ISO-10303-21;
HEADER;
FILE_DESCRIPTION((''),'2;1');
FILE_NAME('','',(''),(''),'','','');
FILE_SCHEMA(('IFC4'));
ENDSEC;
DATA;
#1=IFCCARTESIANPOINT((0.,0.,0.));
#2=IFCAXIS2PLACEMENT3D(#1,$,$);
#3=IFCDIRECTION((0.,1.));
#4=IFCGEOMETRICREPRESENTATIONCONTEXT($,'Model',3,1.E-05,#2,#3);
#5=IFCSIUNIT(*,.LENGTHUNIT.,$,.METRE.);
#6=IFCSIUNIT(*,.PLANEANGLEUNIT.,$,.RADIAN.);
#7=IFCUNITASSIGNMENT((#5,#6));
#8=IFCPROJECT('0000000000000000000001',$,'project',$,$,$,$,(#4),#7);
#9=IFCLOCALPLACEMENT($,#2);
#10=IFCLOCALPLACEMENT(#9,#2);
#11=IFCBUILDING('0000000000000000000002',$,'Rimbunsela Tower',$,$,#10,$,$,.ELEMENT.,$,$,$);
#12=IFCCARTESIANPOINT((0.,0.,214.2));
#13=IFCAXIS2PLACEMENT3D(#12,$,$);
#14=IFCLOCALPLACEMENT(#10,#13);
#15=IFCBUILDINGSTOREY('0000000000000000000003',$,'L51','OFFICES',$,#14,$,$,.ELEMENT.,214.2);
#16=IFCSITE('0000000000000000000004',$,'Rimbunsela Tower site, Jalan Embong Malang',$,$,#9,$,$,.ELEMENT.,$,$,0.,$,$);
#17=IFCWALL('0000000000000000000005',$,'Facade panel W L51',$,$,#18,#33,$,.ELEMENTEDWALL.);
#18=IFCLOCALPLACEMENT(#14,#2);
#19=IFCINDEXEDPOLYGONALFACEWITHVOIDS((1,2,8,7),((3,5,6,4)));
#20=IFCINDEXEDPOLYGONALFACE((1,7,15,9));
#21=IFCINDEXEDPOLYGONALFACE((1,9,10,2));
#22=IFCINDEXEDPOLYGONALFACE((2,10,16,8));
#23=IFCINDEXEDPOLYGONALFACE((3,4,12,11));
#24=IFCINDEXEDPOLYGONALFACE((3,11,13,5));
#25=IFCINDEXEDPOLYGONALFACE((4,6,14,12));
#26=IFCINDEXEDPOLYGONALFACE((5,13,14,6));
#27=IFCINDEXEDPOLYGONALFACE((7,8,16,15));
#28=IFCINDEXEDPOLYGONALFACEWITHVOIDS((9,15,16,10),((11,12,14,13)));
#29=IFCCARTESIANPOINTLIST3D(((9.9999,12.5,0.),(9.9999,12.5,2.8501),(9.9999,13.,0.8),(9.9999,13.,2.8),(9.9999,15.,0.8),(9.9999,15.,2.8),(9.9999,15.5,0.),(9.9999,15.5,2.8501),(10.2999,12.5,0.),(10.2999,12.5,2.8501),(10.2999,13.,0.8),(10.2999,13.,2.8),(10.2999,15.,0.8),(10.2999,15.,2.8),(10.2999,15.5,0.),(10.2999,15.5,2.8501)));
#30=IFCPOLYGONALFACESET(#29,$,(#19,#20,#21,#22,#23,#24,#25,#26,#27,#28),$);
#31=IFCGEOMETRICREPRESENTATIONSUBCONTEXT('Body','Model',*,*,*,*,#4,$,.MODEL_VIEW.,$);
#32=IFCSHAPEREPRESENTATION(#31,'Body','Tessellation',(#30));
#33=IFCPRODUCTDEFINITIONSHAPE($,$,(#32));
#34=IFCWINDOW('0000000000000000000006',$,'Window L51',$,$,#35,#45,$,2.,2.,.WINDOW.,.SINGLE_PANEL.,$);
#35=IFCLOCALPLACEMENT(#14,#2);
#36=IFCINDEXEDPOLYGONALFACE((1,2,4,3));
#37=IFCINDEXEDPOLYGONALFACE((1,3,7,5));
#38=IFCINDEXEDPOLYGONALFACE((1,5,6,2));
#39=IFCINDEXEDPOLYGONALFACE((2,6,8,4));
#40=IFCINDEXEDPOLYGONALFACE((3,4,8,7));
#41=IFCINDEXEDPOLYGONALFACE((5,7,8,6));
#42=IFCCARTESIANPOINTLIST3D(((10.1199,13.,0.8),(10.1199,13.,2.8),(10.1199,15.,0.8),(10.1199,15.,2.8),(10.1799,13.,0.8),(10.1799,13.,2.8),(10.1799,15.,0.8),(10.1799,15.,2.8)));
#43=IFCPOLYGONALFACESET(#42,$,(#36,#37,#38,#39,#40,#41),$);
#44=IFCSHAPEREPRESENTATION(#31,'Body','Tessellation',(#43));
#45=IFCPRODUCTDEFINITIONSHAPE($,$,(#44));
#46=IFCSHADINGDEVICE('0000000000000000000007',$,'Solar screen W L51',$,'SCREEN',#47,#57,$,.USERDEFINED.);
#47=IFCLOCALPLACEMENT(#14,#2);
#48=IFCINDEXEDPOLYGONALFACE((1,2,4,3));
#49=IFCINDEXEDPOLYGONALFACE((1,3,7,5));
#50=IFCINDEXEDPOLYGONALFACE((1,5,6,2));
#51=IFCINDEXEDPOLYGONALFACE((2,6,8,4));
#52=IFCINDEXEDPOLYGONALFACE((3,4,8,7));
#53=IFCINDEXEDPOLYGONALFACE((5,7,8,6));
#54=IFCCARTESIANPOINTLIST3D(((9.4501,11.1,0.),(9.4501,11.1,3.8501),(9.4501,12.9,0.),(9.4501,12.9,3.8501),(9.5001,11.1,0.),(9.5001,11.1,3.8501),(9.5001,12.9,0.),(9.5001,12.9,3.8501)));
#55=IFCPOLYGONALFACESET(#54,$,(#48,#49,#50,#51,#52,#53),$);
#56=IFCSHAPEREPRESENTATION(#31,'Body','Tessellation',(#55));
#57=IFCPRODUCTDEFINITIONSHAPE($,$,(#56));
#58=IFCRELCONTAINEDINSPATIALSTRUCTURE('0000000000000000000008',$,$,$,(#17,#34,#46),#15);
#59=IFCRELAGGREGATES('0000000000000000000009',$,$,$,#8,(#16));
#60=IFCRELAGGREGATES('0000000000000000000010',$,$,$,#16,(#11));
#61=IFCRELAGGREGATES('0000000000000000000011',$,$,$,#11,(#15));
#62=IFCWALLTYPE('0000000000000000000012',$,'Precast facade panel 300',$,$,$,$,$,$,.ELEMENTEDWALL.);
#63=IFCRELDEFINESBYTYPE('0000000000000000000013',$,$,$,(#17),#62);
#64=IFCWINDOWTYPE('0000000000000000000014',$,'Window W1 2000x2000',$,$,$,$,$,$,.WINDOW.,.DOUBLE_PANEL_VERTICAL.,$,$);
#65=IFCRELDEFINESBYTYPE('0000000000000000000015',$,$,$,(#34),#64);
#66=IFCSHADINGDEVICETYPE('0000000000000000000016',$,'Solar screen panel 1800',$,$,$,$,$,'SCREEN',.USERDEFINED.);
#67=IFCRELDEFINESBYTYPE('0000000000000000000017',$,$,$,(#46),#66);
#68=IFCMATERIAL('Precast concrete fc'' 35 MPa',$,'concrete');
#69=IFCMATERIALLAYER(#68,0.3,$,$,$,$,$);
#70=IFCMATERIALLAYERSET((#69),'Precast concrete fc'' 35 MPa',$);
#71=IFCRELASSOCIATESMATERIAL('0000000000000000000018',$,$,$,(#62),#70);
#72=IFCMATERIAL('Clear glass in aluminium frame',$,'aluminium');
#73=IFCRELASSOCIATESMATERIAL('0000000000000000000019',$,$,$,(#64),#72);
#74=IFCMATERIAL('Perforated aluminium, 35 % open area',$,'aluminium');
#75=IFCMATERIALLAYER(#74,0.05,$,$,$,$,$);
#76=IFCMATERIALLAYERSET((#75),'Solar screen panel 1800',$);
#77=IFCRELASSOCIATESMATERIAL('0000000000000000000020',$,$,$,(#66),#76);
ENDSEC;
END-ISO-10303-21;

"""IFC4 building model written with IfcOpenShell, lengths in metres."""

from ifc_helpers import new_model, si_unit, direction, frame, frame_2d, origin, origin_2d, place, context, subcontext, project, spatial, rectangle, extrude, material, layer, layer_set, type_object, element, fill, save


model = new_model("IFC4")

# Units and contexts
model_context = context("Model", 3, precision=1e-05, world=origin(), true_north=direction((0.0, 1.0)))
body_context = subcontext(model_context, "Body", "Model", "MODEL_VIEW")
ifc_project = project(units=[si_unit("LENGTHUNIT", "METRE"), si_unit("PLANEANGLEUNIT", "RADIAN")], contexts=[model_context])

# Site, building, storey
site_placement = place(None, origin())
site = spatial("IfcSite", under=ifc_project, at=site_placement, Name="Rimbunsela Tower site, Jalan Embong Malang", CompositionType="ELEMENT", RefElevation=0.0)
building_placement = place(site_placement, origin())
building = spatial("IfcBuilding", under=site, at=building_placement, Name="Rimbunsela Tower", CompositionType="ELEMENT")
storey_placement = place(building_placement, frame((0.0, 0.0, 214.2)))
storey = spatial("IfcBuildingStorey", under=building, at=storey_placement, Name="L51", Description="OFFICES", CompositionType="ELEMENT", Elevation=214.2)

# Shared definitions
ifc_material_1 = material(Name="Precast concrete fc' 35 MPa", Category="concrete")
ifc_layer_1 = layer(ifc_material_1, 0.3)
ifc_layer_set_1 = layer_set([ifc_layer_1], Name="Precast concrete fc' 35 MPa")
wall_type = type_object("IfcWallType", Name="Precast facade panel 300", PredefinedType="ELEMENTEDWALL", material=ifc_layer_set_1)

# Shared definitions
ifc_material_2 = material(Name="Clear glass in aluminium frame", Category="aluminium")
window_type = type_object("IfcWindowType", Name="Window W1 2000x2000", PartitioningType="DOUBLE_PANEL_VERTICAL", PredefinedType="WINDOW", material=ifc_material_2)

# Wall, opening, window
wall_1_placement = place(storey_placement, frame((10.1499, 15.5, 0.0), z_axis=(0.0, 0.0, 1.0), x_axis=(0.0, -1.0, 0.0)))
wall_1 = element("IfcWall", 1, at=wall_1_placement, inside=storey, type_object=wall_type, Name="Facade panel W L51", PredefinedType="ELEMENTEDWALL", context=body_context, shape_type="SweptSolid", body=[
    extrude(rectangle(XDim=3.0, YDim=0.3, at=frame_2d((1.5, 0.0))), origin(), (0.0, 0.0, 1.0), 2.8501),
])
opening_1_placement = place(wall_1_placement, frame((0.5, 0.0, 0.8)))
opening_1 = element("IfcOpeningElement", 2, at=opening_1_placement, cuts=wall_1, PredefinedType="OPENING", context=body_context, shape_type="SweptSolid", body=[
    extrude(rectangle(XDim=2.0, YDim=2.0, at=frame_2d((1.0, 1.0))), frame((0.0, 0.1599, 0.0), z_axis=(0.0, -1.0, 0.0), x_axis=(1.0, 0.0, 0.0)), (0.0, 0.0, 1.0), 0.3201),
])
window_1_placement = place(opening_1_placement, origin())
window_1 = element("IfcWindow", 3, at=window_1_placement, inside=storey, type_object=window_type, Name="Window L51", OverallHeight=2.0, OverallWidth=2.0, PartitioningType="SINGLE_PANEL", PredefinedType="WINDOW", context=body_context, shape_type="SweptSolid", body=[
    extrude(rectangle(XDim=2.0, YDim=2.0, at=frame_2d((1.0, 1.0))), frame((0.0, 0.03, 0.0), z_axis=(0.0, -1.0, 0.0), x_axis=(1.0, 0.0, 0.0)), (0.0, 0.0, 1.0), 0.0601),
])
fill(opening_1, window_1)

# Shading device
ifc_material_3 = material(Name="Perforated aluminium, 35 % open area", Category="aluminium")
ifc_layer_2 = layer(ifc_material_3, 0.05)
ifc_layer_set_2 = layer_set([ifc_layer_2], Name="Solar screen panel 1800")
shading_device_type = type_object("IfcShadingDeviceType", Name="Solar screen panel 1800", ElementType="SCREEN", PredefinedType="USERDEFINED", material=ifc_layer_set_2)
shading_device_placement = place(storey_placement, frame((9.4751, 12.0, 0.0), z_axis=(0.0, 0.0, 1.0), x_axis=(0.0, 1.0, 0.0)))
element("IfcShadingDevice", 4, at=shading_device_placement, inside=storey, type_object=shading_device_type, Name="Solar screen W L51", ObjectType="SCREEN", PredefinedType="USERDEFINED", context=body_context, shape_type="SweptSolid", body=[
    extrude(rectangle(XDim=1.8, YDim=0.05, at=origin_2d()), origin(), (0.0, 0.0, 1.0), 3.8501),
])

save(model, "model.ifc")
